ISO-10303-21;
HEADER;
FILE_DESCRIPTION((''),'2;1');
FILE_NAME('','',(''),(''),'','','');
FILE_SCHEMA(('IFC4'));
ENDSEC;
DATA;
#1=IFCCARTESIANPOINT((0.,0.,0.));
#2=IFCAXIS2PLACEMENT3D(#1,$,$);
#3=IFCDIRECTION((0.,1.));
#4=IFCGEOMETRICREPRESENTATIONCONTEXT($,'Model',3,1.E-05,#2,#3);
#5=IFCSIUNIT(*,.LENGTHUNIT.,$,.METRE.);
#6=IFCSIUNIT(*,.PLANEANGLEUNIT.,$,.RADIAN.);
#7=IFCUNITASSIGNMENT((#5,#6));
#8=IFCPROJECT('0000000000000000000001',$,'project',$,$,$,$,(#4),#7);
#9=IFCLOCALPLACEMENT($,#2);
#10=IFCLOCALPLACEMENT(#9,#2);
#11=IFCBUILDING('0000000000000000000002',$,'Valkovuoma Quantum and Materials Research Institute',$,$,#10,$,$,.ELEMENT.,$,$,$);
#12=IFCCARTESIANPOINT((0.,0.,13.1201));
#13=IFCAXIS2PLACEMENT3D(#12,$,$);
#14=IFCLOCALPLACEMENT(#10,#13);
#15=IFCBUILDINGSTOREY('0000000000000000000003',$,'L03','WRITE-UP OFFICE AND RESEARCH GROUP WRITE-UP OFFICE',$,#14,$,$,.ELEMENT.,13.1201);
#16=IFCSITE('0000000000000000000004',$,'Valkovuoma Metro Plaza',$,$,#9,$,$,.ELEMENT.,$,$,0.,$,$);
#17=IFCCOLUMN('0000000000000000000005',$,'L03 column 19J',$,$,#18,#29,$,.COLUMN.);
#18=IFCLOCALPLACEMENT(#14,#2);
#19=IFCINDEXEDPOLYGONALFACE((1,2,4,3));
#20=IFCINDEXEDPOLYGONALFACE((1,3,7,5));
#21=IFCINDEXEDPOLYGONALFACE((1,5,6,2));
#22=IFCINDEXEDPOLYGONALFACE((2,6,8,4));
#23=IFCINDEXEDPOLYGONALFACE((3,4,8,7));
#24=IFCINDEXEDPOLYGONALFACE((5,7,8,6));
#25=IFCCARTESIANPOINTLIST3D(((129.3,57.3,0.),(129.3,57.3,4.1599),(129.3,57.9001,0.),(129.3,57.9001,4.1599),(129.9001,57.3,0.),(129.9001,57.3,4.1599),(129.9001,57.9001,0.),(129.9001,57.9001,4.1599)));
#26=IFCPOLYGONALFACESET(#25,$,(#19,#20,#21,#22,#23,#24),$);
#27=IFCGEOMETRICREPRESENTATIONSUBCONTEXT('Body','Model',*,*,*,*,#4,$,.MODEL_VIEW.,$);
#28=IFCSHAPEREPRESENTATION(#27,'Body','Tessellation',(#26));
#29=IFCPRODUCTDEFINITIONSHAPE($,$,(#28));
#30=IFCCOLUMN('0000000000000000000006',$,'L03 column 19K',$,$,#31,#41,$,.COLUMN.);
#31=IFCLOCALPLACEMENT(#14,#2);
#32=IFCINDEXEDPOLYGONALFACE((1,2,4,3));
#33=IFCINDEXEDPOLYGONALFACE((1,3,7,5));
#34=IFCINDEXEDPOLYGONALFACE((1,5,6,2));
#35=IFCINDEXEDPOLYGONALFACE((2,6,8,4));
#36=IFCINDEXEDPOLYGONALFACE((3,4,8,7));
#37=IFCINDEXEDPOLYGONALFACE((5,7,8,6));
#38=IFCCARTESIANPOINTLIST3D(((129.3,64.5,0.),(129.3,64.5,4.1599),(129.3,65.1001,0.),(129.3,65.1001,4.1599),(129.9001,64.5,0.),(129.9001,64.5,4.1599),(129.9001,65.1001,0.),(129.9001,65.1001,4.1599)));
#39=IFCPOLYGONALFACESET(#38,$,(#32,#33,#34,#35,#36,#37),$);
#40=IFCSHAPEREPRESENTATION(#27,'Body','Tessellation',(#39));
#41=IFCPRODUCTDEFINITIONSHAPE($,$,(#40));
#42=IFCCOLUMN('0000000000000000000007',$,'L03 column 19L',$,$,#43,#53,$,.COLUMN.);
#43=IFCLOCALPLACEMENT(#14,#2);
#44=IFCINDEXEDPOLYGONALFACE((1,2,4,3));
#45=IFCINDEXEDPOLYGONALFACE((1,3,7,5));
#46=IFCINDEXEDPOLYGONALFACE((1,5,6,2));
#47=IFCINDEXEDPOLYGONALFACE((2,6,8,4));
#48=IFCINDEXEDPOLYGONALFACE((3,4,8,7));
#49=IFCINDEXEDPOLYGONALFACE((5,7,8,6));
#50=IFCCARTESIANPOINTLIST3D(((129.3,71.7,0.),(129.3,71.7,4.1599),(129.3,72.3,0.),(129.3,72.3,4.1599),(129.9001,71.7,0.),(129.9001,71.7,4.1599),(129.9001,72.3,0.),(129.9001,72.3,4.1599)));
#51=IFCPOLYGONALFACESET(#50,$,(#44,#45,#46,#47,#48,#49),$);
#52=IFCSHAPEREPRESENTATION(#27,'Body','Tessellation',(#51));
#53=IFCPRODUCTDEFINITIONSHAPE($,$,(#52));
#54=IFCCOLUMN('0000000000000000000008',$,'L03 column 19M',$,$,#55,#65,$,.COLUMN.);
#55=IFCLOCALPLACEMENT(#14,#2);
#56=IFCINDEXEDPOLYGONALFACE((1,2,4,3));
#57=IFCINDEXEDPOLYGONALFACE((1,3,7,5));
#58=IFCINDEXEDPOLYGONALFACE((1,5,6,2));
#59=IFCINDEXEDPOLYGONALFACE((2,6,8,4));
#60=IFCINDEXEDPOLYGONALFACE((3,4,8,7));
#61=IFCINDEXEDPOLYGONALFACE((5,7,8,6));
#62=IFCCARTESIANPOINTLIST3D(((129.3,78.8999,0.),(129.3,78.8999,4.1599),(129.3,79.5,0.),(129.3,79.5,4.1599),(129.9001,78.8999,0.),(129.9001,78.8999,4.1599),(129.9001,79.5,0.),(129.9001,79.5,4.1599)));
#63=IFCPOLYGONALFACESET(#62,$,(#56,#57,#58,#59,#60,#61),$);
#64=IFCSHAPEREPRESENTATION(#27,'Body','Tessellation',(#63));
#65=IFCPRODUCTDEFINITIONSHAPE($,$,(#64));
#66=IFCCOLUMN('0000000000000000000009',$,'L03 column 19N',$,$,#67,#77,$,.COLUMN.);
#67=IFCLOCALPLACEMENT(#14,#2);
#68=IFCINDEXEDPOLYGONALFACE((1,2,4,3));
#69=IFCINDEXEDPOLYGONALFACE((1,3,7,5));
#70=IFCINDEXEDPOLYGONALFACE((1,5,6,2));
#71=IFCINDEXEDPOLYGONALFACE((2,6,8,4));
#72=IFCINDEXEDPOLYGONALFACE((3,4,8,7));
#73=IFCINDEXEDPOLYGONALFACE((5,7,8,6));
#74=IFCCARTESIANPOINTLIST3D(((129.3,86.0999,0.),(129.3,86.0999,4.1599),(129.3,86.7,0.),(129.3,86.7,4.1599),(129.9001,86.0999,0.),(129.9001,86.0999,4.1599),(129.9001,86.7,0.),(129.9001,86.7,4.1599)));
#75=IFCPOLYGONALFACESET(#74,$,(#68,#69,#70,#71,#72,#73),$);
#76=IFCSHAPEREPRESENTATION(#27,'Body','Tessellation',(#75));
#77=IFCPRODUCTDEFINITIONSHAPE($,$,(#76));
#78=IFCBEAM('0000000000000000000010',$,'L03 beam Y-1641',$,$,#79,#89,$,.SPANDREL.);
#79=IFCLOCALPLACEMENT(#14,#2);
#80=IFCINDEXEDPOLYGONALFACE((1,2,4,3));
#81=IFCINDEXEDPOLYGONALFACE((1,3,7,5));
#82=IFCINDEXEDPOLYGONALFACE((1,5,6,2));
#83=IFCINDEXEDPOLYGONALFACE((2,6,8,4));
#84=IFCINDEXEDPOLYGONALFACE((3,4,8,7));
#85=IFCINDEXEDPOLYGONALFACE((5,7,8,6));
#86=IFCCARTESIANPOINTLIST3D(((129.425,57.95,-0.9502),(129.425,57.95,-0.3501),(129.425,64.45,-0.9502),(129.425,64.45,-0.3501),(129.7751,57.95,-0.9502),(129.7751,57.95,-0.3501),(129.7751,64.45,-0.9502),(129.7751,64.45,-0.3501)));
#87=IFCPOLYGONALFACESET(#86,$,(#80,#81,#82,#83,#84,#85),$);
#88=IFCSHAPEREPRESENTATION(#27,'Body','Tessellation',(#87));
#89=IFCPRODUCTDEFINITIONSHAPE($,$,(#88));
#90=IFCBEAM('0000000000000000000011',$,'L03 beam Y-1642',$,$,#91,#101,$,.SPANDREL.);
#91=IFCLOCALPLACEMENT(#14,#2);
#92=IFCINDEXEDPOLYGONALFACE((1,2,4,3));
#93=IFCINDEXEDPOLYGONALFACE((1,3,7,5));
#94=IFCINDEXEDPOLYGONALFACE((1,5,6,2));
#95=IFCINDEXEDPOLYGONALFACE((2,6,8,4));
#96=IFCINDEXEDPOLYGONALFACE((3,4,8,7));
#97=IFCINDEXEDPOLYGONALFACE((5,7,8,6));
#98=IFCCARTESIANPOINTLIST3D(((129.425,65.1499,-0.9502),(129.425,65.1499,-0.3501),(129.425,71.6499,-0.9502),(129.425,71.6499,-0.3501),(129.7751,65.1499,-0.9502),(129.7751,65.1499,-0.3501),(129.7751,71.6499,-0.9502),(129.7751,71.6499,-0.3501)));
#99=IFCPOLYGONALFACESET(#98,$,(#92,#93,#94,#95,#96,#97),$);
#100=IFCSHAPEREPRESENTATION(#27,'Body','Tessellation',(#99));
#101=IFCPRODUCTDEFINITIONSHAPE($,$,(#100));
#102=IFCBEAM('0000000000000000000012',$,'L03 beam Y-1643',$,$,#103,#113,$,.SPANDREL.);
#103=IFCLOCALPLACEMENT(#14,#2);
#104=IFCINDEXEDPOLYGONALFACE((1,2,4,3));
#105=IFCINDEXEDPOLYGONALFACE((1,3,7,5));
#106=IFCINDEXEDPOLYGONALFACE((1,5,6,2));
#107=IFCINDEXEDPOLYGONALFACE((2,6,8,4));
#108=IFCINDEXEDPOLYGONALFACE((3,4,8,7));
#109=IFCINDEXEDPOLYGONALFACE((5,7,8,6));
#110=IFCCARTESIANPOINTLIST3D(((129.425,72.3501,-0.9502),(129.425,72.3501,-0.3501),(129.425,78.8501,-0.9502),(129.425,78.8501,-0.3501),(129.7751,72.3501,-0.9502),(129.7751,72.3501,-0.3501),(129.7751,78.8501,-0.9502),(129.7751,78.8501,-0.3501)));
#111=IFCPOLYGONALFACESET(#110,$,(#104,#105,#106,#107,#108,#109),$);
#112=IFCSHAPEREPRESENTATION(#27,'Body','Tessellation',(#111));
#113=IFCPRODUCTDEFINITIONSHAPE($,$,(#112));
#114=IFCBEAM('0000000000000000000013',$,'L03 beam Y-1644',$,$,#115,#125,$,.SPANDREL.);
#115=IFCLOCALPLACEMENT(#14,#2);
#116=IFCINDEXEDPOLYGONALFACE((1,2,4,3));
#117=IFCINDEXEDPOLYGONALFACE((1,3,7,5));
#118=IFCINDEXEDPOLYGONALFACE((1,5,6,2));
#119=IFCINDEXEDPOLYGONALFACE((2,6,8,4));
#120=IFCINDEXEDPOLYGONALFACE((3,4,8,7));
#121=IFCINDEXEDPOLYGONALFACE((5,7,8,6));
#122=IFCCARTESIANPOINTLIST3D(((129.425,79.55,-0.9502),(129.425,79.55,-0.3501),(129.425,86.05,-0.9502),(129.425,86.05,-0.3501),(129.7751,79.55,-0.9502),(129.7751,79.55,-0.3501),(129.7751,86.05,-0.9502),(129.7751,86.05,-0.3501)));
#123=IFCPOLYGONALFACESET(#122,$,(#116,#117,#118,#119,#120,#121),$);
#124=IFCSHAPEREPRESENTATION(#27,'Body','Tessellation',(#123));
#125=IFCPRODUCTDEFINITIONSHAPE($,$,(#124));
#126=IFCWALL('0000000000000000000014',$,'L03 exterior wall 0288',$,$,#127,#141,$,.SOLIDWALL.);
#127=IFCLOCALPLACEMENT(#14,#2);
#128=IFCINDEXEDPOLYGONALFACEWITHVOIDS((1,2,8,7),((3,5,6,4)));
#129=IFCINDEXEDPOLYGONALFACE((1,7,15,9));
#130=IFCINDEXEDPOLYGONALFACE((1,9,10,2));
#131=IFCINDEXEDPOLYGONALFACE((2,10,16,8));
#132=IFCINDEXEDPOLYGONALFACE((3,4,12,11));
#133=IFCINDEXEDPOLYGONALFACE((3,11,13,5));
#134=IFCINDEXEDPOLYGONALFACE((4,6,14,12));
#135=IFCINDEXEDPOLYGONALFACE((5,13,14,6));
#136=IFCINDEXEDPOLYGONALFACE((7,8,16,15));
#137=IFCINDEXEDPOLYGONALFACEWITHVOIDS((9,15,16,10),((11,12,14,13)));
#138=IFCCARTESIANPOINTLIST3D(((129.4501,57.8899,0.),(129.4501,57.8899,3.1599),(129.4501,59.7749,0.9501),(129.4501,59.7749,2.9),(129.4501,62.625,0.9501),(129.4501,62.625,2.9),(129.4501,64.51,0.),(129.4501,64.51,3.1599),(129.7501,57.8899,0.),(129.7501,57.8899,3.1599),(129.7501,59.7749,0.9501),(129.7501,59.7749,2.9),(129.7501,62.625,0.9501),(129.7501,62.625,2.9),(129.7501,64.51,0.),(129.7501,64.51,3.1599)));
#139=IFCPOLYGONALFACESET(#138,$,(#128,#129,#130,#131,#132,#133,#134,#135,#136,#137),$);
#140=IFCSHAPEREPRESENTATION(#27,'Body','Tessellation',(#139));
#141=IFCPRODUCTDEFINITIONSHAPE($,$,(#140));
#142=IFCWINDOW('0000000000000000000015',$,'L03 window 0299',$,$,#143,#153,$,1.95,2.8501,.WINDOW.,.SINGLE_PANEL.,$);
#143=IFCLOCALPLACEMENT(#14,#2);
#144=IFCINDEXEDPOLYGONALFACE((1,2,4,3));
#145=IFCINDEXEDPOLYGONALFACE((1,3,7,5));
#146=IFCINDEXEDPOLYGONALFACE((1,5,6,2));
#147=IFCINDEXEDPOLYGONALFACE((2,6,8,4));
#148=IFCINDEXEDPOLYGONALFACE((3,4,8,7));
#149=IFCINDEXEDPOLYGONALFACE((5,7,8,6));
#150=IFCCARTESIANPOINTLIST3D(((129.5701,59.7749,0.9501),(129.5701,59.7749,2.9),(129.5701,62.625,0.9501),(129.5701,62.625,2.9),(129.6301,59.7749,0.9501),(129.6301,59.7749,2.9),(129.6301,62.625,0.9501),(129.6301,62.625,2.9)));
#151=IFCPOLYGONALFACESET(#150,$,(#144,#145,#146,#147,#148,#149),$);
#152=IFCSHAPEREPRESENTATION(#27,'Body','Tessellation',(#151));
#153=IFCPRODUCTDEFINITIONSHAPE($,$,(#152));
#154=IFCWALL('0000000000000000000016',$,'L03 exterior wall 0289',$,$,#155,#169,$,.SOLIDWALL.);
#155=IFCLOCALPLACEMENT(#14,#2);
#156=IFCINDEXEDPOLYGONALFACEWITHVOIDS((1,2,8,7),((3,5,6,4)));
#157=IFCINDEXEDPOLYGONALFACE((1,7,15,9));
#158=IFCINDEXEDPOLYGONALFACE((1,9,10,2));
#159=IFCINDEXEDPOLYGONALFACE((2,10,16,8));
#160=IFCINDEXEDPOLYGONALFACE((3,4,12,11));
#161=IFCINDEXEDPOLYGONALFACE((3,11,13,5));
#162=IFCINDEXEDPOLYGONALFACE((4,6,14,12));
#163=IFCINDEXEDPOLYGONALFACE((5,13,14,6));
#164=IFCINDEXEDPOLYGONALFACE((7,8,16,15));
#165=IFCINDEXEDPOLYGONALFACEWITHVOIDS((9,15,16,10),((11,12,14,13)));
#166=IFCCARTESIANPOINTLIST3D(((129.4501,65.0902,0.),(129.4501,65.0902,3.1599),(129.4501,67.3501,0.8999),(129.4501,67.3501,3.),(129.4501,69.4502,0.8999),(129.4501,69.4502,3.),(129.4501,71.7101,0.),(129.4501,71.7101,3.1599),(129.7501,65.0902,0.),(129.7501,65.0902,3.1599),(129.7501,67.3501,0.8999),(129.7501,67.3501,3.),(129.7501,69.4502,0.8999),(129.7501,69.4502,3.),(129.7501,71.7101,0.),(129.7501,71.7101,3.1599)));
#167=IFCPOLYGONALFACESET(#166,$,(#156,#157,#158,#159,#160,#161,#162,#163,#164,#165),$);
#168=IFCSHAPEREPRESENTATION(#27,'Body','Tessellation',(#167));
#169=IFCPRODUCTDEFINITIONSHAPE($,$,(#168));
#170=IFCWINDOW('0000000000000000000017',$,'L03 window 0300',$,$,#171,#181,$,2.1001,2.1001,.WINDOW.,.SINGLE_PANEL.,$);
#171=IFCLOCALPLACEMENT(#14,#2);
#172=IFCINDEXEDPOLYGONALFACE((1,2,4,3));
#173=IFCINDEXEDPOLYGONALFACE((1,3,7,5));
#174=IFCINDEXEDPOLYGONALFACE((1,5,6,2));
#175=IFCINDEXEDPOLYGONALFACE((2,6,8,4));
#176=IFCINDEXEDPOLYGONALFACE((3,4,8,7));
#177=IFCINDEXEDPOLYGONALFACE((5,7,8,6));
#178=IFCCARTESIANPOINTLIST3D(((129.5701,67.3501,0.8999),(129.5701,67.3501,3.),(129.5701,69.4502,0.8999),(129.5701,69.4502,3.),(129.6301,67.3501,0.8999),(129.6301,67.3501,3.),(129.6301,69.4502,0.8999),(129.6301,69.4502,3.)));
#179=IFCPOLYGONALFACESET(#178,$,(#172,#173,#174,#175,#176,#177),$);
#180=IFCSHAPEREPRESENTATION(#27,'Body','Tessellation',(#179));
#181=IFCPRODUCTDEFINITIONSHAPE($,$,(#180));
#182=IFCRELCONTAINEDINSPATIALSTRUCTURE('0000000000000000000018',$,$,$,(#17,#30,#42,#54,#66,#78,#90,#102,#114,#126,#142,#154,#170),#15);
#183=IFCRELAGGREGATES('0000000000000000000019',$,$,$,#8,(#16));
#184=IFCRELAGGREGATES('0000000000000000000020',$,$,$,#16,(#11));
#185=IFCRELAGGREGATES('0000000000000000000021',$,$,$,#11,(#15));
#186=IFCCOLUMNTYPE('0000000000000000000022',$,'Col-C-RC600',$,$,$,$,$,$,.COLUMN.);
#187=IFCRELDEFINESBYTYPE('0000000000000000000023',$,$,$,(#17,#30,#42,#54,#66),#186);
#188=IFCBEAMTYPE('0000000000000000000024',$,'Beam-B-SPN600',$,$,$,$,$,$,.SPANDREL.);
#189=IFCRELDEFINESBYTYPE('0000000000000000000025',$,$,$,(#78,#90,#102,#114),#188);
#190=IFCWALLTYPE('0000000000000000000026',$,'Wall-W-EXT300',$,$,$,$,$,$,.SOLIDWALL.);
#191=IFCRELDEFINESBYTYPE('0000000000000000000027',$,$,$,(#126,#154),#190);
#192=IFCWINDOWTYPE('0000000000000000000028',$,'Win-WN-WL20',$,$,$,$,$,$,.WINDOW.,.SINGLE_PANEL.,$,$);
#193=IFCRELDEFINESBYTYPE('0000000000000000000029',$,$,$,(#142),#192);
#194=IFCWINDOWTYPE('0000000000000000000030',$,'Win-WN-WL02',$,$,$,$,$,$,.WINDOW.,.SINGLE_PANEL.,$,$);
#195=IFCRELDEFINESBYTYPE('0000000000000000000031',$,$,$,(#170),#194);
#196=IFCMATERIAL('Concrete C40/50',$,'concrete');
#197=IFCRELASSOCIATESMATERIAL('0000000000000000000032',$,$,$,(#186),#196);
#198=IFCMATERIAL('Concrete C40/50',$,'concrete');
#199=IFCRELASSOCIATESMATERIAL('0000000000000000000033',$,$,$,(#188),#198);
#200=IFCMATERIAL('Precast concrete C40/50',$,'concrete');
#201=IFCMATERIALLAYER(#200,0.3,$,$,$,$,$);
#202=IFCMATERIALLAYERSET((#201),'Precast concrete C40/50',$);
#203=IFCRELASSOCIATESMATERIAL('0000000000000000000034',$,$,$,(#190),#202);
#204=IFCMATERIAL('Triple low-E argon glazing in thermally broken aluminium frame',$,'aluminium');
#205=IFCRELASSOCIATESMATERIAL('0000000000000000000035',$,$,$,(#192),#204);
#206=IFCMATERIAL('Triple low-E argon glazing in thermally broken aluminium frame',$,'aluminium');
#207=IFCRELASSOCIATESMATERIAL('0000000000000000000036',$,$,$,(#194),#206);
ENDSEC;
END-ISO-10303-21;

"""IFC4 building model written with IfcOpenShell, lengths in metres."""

from ifc_helpers import new_model, si_unit, direction, frame, frame_2d, origin, origin_2d, place, context, subcontext, project, spatial, rectangle, extrude, material, layer, layer_set, material_profile, profile_set, type_object, element, fill, save


model = new_model("IFC4")

# Units and contexts
model_context = context("Model", 3, precision=1e-05, world=origin(), true_north=direction((0.0, 1.0)))
body_context = subcontext(model_context, "Body", "Model", "MODEL_VIEW")
ifc_project = project(units=[si_unit("LENGTHUNIT", "METRE"), si_unit("PLANEANGLEUNIT", "RADIAN")], contexts=[model_context])

# Site, building, storey
site_placement = place(None, origin())
site = spatial("IfcSite", under=ifc_project, at=site_placement, Name="Valkovuoma Metro Plaza", CompositionType="ELEMENT", RefElevation=0.0)
building_placement = place(site_placement, origin())
building = spatial("IfcBuilding", under=site, at=building_placement, Name="Valkovuoma Quantum and Materials Research Institute", CompositionType="ELEMENT")
storey_placement = place(building_placement, frame((0.0, 0.0, 13.1201)))
storey = spatial("IfcBuildingStorey", under=building, at=storey_placement, Name="L03", Description="WRITE-UP OFFICE AND RESEARCH GROUP WRITE-UP OFFICE", CompositionType="ELEMENT", Elevation=13.1201)

# Columns
ifc_material_1 = material(Name="Concrete C40/50", Category="concrete")
ifc_material_profile_1 = material_profile(ifc_material_1, rectangle(XDim=0.6001, YDim=0.6001, at=origin_2d()), Name="Concrete C40/50")
ifc_profile_set_1 = profile_set([ifc_material_profile_1], Name="Concrete C40/50")
column_type = type_object("IfcColumnType", Name="Col-C-RC600", PredefinedType="COLUMN", material=ifc_profile_set_1)
for number, where, z_axis, x_axis, name in (
    (1, (129.6001, 57.6001, 0.0), (0.0, 0.0, 1.0), (1.0, 0.0, 0.0), "L03 column 19J"),
    (2, (129.6001, 64.8, 0.0), (0.0, 0.0, 1.0), (1.0, 0.0, 0.0), "L03 column 19K"),
    (3, (129.6001, 72.0, 0.0), (0.0, 0.0, 1.0), (1.0, 0.0, 0.0), "L03 column 19L"),
    (4, (129.6001, 79.2, 0.0), (0.0, 0.0, 1.0), (1.0, 0.0, 0.0), "L03 column 19M"),
    (5, (129.6001, 86.3999, 0.0), (0.0, 0.0, 1.0), (1.0, 0.0, 0.0), "L03 column 19N"),
):
    element("IfcColumn", number, at=place(storey_placement, frame(where, z_axis=z_axis, x_axis=x_axis)), inside=storey, type_object=column_type, Name=name, PredefinedType="COLUMN", context=body_context, shape_type="SweptSolid", body=[
        extrude(rectangle(XDim=0.6001, YDim=0.6001, at=origin_2d()), origin(), (0.0, 0.0, 1.0), 4.1599),
    ])

# Beams
ifc_material_2 = material(Name="Concrete C40/50", Category="concrete")
ifc_material_profile_2 = material_profile(ifc_material_2, rectangle(XDim=0.3501, YDim=0.6001, at=origin_2d()), Name="Concrete C40/50")
ifc_profile_set_2 = profile_set([ifc_material_profile_2], Name="Concrete C40/50")
beam_type = type_object("IfcBeamType", Name="Beam-B-SPN600", PredefinedType="SPANDREL", material=ifc_profile_set_2)
for number, where, z_axis, x_axis, name in (
    (6, (129.6001, 57.95, -0.6501), (0.0, 1.0, 0.0), (-1.0, 0.0, 0.0), "L03 beam Y-1641"),
    (7, (129.6001, 65.1499, -0.6501), (0.0, 1.0, 0.0), (-1.0, 0.0, 0.0), "L03 beam Y-1642"),
    (8, (129.6001, 72.3501, -0.6501), (0.0, 1.0, 0.0), (-1.0, 0.0, 0.0), "L03 beam Y-1643"),
    (9, (129.6001, 79.55, -0.6501), (0.0, 1.0, 0.0), (-1.0, 0.0, 0.0), "L03 beam Y-1644"),
):
    element("IfcBeam", number, at=place(storey_placement, frame(where, z_axis=z_axis, x_axis=x_axis)), inside=storey, type_object=beam_type, Name=name, PredefinedType="SPANDREL", context=body_context, shape_type="SweptSolid", body=[
        extrude(rectangle(XDim=0.3501, YDim=0.6001, at=origin_2d()), origin(), (0.0, 0.0, 1.0), 6.5),
    ])

# Walls, openings, windows
ifc_material_3 = material(Name="Precast concrete C40/50", Category="concrete")
ifc_layer_1 = layer(ifc_material_3, 0.3)
ifc_layer_set_1 = layer_set([ifc_layer_1], Name="Precast concrete C40/50")
wall_type_1 = type_object("IfcWallType", Name="Wall-W-EXT300", PredefinedType="SOLIDWALL", material=ifc_layer_set_1)
wall_1_placement = place(storey_placement, frame((129.6001, 57.8899, 0.0), z_axis=(0.0, 0.0, 1.0), x_axis=(0.0, 1.0, 0.0)))
wall_1 = element("IfcWall", 10, at=wall_1_placement, inside=storey, type_object=wall_type_1, Name="L03 exterior wall 0288", PredefinedType="SOLIDWALL", context=body_context, shape_type="SweptSolid", body=[
    extrude(rectangle(XDim=6.6201, YDim=0.3, at=frame_2d((3.3101, 0.0))), origin(), (0.0, 0.0, 1.0), 3.1599),
])
opening_1_placement = place(wall_1_placement, frame((1.885, 0.0, 0.95)))
opening_1 = element("IfcOpeningElement", 11, at=opening_1_placement, cuts=wall_1, PredefinedType="OPENING", context=body_context, shape_type="SweptSolid", body=[
    extrude(rectangle(XDim=2.8501, YDim=1.95, at=frame_2d((1.425, 0.9751))), frame((0.0, 0.1602, 0.0), z_axis=(0.0, -1.0, 0.0), x_axis=(1.0, 0.0, 0.0)), (0.0, 0.0, 1.0), 0.3201),
])
ifc_material_4 = material(Name="Triple low-E argon glazing in thermally broken aluminium frame", Category="aluminium")
window_type_1 = type_object("IfcWindowType", Name="Win-WN-WL20", PartitioningType="SINGLE_PANEL", PredefinedType="WINDOW", material=ifc_material_4)
window_1_placement = place(opening_1_placement, origin())
window_1 = element("IfcWindow", 12, at=window_1_placement, inside=storey, type_object=window_type_1, Name="L03 window 0299", OverallHeight=1.95, OverallWidth=2.8501, PartitioningType="SINGLE_PANEL", PredefinedType="WINDOW", context=body_context, shape_type="SweptSolid", body=[
    extrude(rectangle(XDim=2.8501, YDim=1.95, at=frame_2d((1.425, 0.9751))), frame((0.0, 0.03, 0.0), z_axis=(0.0, -1.0, 0.0), x_axis=(1.0, 0.0, 0.0)), (0.0, 0.0, 1.0), 0.0601),
])
fill(opening_1, window_1)
wall_2_placement = place(storey_placement, frame((129.6001, 65.0901, 0.0), z_axis=(0.0, 0.0, 1.0), x_axis=(0.0, 1.0, 0.0)))
wall_2 = element("IfcWall", 13, at=wall_2_placement, inside=storey, type_object=wall_type_1, Name="L03 exterior wall 0289", PredefinedType="SOLIDWALL", context=body_context, shape_type="SweptSolid", body=[
    extrude(rectangle(XDim=6.6199, YDim=0.3, at=frame_2d((3.3101, 0.0))), origin(), (0.0, 0.0, 1.0), 3.1599),
])
opening_2_placement = place(wall_2_placement, frame((2.26, 0.0, 0.8999)))
opening_2 = element("IfcOpeningElement", 14, at=opening_2_placement, cuts=wall_2, PredefinedType="OPENING", context=body_context, shape_type="SweptSolid", body=[
    extrude(rectangle(XDim=2.1001, YDim=2.1001, at=frame_2d((1.05, 1.05))), frame((0.0, 0.1602, 0.0), z_axis=(0.0, -1.0, 0.0), x_axis=(1.0, 0.0, 0.0)), (0.0, 0.0, 1.0), 0.3201),
])
ifc_material_5 = material(Name="Triple low-E argon glazing in thermally broken aluminium frame", Category="aluminium")
window_type_2 = type_object("IfcWindowType", Name="Win-WN-WL02", PartitioningType="SINGLE_PANEL", PredefinedType="WINDOW", material=ifc_material_5)
window_2_placement = place(opening_2_placement, origin())
window_2 = element("IfcWindow", 15, at=window_2_placement, inside=storey, type_object=window_type_2, Name="L03 window 0300", OverallHeight=2.1001, OverallWidth=2.1001, PartitioningType="SINGLE_PANEL", PredefinedType="WINDOW", context=body_context, shape_type="SweptSolid", body=[
    extrude(rectangle(XDim=2.1001, YDim=2.1001, at=frame_2d((1.05, 1.05))), frame((0.0, 0.03, 0.0), z_axis=(0.0, -1.0, 0.0), x_axis=(1.0, 0.0, 0.0)), (0.0, 0.0, 1.0), 0.0601),
])
fill(opening_2, window_2)

save(model, "model.ifc")
